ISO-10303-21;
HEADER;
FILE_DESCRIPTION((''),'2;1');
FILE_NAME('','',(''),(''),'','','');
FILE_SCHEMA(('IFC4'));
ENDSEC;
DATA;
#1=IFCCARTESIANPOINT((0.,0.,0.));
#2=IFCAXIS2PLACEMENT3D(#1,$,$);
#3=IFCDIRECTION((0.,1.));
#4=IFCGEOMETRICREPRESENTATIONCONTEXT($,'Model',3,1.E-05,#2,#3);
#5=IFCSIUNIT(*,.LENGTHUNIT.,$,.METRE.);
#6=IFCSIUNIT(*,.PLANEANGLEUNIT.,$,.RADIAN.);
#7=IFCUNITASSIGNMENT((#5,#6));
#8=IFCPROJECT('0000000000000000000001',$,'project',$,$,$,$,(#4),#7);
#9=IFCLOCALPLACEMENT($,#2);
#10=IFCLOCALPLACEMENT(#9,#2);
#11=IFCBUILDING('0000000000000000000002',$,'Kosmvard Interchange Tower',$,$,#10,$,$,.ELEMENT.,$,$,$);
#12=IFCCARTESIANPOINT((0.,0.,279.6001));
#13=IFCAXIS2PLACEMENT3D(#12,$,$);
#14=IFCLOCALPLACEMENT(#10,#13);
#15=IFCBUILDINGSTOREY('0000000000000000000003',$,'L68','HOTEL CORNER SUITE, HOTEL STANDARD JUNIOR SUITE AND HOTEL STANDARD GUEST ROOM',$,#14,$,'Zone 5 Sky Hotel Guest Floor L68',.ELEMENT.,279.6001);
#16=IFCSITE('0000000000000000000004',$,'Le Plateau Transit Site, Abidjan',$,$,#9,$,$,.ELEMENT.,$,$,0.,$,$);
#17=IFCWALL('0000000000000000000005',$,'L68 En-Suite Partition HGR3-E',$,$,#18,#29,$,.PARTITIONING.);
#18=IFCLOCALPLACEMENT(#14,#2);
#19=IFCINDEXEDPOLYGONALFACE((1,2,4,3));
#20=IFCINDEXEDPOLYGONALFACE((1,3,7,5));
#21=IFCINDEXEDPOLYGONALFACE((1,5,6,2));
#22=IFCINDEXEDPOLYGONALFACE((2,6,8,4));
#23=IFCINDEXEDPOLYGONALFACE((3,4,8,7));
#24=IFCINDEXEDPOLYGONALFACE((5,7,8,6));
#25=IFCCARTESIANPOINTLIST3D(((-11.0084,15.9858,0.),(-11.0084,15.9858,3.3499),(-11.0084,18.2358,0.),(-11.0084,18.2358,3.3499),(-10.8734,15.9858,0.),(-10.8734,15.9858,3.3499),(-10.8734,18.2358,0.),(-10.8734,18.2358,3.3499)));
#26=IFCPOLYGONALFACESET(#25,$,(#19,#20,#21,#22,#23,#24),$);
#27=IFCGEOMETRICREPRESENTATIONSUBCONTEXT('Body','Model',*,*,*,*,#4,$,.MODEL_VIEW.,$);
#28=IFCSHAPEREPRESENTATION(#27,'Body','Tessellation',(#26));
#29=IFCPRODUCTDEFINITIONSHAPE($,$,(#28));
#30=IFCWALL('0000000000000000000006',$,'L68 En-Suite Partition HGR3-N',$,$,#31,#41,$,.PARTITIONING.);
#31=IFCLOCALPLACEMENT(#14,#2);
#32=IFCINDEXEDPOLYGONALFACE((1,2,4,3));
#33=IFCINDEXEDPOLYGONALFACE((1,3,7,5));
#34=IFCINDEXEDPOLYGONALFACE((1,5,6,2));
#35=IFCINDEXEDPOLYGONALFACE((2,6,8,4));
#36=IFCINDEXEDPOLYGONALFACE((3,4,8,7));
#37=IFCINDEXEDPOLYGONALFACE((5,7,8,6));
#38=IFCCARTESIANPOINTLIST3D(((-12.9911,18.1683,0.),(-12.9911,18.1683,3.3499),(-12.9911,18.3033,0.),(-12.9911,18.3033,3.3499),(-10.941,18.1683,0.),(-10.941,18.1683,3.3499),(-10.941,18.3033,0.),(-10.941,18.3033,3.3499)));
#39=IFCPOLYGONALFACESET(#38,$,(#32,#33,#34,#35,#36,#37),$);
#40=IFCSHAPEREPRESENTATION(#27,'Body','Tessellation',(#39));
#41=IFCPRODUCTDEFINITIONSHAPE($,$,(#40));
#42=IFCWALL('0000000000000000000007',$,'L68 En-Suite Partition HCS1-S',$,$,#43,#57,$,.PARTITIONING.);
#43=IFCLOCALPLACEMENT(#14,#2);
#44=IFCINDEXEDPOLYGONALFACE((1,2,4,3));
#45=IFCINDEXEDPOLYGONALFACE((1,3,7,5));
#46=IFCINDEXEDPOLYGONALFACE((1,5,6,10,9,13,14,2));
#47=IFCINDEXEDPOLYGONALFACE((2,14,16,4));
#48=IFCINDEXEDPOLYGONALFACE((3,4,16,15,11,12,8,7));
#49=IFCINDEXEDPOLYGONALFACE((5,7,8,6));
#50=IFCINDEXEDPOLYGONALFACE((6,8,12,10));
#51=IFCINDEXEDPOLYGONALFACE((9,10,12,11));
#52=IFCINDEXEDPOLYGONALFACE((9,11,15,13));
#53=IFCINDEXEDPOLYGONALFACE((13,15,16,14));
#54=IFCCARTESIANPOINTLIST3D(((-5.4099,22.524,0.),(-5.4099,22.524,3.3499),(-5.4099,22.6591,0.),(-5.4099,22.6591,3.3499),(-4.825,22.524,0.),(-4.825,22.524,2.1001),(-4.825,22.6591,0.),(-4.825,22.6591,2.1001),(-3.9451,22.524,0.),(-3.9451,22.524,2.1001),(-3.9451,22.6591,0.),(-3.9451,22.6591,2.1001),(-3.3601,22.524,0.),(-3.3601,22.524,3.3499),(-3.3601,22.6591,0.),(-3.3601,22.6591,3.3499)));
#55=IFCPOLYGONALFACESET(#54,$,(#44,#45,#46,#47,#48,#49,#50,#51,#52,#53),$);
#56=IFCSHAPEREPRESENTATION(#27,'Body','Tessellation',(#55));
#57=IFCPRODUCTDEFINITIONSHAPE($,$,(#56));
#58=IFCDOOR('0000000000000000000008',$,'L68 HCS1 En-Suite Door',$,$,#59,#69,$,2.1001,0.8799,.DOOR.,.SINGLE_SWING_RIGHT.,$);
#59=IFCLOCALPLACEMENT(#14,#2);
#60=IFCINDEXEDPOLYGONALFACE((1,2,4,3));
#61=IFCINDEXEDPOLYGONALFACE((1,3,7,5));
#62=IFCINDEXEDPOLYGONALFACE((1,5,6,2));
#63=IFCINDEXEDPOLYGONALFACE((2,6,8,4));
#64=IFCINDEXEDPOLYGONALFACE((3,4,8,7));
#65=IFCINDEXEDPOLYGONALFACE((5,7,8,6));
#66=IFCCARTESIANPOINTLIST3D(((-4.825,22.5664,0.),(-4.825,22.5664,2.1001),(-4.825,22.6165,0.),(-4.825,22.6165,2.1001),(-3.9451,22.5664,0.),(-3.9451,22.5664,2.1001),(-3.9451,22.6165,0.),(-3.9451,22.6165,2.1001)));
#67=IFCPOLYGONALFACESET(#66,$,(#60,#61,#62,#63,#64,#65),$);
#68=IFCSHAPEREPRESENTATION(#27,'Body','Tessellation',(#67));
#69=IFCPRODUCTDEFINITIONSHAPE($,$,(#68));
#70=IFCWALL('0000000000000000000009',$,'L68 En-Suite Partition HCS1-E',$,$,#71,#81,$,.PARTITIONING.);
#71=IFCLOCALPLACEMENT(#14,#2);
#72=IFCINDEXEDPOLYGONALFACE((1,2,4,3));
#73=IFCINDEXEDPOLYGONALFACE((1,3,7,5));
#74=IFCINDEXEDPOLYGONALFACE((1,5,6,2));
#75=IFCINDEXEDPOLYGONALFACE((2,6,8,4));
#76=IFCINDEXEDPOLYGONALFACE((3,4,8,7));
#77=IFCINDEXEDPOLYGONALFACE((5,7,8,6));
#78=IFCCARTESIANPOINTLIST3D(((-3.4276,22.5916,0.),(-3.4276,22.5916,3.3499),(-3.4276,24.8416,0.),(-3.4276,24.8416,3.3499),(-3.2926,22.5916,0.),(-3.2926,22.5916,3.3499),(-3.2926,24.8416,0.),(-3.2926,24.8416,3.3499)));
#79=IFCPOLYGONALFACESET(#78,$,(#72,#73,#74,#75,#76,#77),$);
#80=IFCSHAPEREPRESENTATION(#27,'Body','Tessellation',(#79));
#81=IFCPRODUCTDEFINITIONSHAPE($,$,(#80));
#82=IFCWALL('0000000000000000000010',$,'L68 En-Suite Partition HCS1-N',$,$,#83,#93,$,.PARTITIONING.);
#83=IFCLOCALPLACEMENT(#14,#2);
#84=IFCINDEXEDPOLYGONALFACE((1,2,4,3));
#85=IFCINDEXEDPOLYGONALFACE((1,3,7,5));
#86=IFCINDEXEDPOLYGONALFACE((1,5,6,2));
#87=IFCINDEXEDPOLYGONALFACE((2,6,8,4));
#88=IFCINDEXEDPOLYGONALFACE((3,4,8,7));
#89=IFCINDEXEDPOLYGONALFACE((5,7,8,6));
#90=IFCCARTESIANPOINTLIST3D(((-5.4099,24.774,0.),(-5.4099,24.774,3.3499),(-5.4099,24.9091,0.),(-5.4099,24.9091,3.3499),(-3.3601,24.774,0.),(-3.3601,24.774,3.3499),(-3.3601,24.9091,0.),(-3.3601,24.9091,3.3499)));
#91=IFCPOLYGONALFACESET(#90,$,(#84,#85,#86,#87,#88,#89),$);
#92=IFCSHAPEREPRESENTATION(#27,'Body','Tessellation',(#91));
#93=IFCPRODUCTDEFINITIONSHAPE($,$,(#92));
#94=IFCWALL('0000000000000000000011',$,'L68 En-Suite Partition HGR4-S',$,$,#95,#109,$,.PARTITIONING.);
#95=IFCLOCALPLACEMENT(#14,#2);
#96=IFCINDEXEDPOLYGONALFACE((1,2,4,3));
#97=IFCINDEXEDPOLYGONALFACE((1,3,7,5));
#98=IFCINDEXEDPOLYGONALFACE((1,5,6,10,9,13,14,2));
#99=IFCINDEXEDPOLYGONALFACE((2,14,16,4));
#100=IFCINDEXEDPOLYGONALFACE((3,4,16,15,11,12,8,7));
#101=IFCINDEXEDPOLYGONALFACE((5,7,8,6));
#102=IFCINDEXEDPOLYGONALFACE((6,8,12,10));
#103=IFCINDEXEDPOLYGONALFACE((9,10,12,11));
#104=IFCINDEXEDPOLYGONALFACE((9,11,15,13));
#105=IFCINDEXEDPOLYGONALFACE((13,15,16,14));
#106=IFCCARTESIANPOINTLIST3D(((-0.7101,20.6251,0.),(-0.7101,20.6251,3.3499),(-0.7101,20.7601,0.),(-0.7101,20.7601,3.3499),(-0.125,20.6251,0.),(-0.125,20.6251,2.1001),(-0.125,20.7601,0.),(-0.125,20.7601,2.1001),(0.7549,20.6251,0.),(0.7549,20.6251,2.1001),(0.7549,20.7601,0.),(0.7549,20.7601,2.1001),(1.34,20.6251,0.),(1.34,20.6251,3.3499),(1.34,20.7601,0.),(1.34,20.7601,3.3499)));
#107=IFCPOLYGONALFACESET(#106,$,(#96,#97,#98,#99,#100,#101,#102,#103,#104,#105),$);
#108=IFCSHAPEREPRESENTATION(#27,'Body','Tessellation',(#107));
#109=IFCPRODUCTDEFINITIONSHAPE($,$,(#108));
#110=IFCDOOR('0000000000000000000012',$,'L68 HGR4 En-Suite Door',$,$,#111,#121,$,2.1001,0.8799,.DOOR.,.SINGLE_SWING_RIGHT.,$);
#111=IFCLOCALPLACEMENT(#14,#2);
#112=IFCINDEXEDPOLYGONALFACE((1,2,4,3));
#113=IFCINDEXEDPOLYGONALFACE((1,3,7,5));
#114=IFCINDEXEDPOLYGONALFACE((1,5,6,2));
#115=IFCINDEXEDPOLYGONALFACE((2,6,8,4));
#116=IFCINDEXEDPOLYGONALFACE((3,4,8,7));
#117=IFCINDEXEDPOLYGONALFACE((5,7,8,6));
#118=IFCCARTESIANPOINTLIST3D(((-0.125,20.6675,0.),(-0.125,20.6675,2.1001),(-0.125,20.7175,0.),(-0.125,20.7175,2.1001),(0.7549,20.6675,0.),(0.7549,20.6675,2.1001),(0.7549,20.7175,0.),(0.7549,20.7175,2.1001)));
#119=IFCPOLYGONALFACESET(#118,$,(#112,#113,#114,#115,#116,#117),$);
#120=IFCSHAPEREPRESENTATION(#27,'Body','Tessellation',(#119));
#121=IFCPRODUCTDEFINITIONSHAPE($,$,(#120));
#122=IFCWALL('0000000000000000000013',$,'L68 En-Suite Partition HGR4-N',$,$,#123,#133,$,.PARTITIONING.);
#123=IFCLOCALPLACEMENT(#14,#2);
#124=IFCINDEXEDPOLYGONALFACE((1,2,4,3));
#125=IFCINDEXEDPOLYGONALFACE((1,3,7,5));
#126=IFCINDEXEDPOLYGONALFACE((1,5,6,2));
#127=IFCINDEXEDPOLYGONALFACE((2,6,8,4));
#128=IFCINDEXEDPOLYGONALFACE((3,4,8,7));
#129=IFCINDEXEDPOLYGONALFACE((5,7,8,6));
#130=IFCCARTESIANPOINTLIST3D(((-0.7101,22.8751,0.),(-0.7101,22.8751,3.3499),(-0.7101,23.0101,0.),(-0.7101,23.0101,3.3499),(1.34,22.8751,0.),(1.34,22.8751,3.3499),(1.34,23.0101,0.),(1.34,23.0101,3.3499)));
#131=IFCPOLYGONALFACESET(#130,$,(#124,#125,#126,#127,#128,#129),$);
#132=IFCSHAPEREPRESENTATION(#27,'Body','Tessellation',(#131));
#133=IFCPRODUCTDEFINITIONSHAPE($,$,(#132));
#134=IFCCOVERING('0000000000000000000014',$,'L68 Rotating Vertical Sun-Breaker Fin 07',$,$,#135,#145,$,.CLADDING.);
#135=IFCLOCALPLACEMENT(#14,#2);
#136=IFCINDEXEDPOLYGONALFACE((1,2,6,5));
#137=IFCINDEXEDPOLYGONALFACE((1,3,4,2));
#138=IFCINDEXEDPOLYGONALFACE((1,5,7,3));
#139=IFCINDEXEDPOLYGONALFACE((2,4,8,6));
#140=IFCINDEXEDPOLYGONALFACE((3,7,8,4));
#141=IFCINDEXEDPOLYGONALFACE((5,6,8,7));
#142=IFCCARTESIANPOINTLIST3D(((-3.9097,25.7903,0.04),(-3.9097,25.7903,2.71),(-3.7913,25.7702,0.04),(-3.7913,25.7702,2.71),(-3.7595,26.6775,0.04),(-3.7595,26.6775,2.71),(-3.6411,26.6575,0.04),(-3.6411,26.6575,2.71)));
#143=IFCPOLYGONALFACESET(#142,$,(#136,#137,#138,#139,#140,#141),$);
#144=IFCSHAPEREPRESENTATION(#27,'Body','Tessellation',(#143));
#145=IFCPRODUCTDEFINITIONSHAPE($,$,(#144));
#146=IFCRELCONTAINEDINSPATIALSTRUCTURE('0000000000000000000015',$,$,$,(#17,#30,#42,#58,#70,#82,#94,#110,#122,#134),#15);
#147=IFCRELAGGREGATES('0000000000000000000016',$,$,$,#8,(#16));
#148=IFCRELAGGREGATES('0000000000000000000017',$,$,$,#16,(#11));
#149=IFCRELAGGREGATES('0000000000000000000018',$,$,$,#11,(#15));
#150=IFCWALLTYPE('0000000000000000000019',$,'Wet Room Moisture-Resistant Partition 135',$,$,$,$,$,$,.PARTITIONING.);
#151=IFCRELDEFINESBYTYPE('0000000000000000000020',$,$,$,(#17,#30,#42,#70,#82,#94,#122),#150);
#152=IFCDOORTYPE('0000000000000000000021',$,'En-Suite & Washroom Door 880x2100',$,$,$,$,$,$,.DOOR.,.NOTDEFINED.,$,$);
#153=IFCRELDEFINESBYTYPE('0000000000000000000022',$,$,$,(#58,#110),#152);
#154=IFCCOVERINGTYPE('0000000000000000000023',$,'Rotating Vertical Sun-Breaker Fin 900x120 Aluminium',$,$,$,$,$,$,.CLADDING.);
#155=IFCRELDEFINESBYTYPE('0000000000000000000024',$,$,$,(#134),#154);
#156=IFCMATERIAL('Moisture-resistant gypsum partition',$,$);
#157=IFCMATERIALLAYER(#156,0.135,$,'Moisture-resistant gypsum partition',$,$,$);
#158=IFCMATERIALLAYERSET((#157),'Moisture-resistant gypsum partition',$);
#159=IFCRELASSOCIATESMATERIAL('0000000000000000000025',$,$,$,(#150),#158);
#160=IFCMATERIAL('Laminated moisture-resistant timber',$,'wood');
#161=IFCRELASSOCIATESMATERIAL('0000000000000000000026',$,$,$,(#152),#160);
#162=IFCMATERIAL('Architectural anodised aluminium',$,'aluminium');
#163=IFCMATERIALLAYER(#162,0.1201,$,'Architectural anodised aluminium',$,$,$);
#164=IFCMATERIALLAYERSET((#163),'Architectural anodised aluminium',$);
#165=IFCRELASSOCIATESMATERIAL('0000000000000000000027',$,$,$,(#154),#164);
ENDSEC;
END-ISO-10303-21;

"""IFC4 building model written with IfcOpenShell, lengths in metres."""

from ifc_helpers import new_model, si_unit, direction, frame, frame_2d, origin, origin_2d, place, context, subcontext, project, spatial, rectangle, extrude, source, transform, mapped, material, layer, layer_set, type_object, element, fill, save


model = new_model("IFC4")

# Units and contexts
model_context = context("Model", 3, precision=1e-05, world=origin(), true_north=direction((0.0, 1.0)))
body_context = subcontext(model_context, "Body", "Model", "MODEL_VIEW")
ifc_project = project(units=[si_unit("LENGTHUNIT", "METRE"), si_unit("PLANEANGLEUNIT", "RADIAN")], contexts=[model_context])

# Site, building, storey
site_placement = place(None, origin())
site = spatial("IfcSite", under=ifc_project, at=site_placement, Name="Le Plateau Transit Site, Abidjan", CompositionType="ELEMENT", RefElevation=0.0)
building_placement = place(site_placement, origin())
building = spatial("IfcBuilding", under=site, at=building_placement, Name="Kosmvard Interchange Tower", CompositionType="ELEMENT")
storey_placement = place(building_placement, frame((0.0, 0.0, 279.6001)))
storey = spatial("IfcBuildingStorey", under=building, at=storey_placement, Name="L68", Description="HOTEL CORNER SUITE, HOTEL STANDARD JUNIOR SUITE AND HOTEL STANDARD GUEST ROOM", LongName="Zone 5 Sky Hotel Guest Floor L68", CompositionType="ELEMENT", Elevation=279.6001)

# Shared definitions
ifc_material_1 = material(Name="Moisture-resistant gypsum partition")
ifc_layer_1 = layer(ifc_material_1, 0.135, Name="Moisture-resistant gypsum partition")
ifc_layer_set_1 = layer_set([ifc_layer_1], Name="Moisture-resistant gypsum partition")
wall_type_1 = type_object("IfcWallType", Name="Wet Room Moisture-Resistant Partition 135", PredefinedType="PARTITIONING", material=ifc_layer_set_1)
ifc_material_2 = material(Name="Laminated moisture-resistant timber", Category="wood")
door_type = type_object("IfcDoorType", Name="En-Suite & Washroom Door 880x2100", OperationType="NOTDEFINED", PredefinedType="DOOR", material=ifc_material_2)
shared_shape_1 = source(origin(), body_context, "Body", "SweptSolid", [
    extrude(rectangle(XDim=0.8799, YDim=2.1001, at=frame_2d((0.4399, 1.05))), frame((0.0, 0.0249, 0.0), z_axis=(0.0, -1.0, 0.0), x_axis=(1.0, 0.0, 0.0)), (0.0, 0.0, 1.0), 0.05),
])

# Walls
wall_1_placement = place(storey_placement, frame((-10.9409, 15.9858, 0.0), z_axis=(0.0, 0.0, 1.0), x_axis=(0.0, 1.0, 0.0)))
element("IfcWall", 1, at=wall_1_placement, inside=storey, type_object=wall_type_1, Name="L68 En-Suite Partition HGR3-E", PredefinedType="PARTITIONING", context=body_context, shape_type="SweptSolid", body=[
    extrude(rectangle(XDim=2.25, YDim=0.135, at=frame_2d((1.125, 0.0))), origin(), (0.0, 0.0, 1.0), 3.3499),
])
wall_2_placement = place(storey_placement, frame((-12.991, 18.2358, 0.0), z_axis=(0.0, 0.0, 1.0), x_axis=(1.0, 0.0, 0.0)))
element("IfcWall", 2, at=wall_2_placement, inside=storey, type_object=wall_type_1, Name="L68 En-Suite Partition HGR3-N", PredefinedType="PARTITIONING", context=body_context, shape_type="SweptSolid", body=[
    extrude(rectangle(XDim=2.05, YDim=0.135, at=frame_2d((1.0249, 0.0))), origin(), (0.0, 0.0, 1.0), 3.3499),
])

# Wall, opening, door
wall_3_placement = place(storey_placement, frame((-5.4099, 22.5916, 0.0), z_axis=(0.0, 0.0, 1.0), x_axis=(1.0, 0.0, 0.0)))
wall_3 = element("IfcWall", 3, at=wall_3_placement, inside=storey, type_object=wall_type_1, Name="L68 En-Suite Partition HCS1-S", PredefinedType="PARTITIONING", context=body_context, shape_type="SweptSolid", body=[
    extrude(rectangle(XDim=2.0498, YDim=0.135, at=frame_2d((1.0249, 0.0))), origin(), (0.0, 0.0, 1.0), 3.3499),
])
opening_1_placement = place(wall_3_placement, frame((0.585, 0.0, 0.0)))
opening_1 = element("IfcOpeningElement", 4, at=opening_1_placement, cuts=wall_3, PredefinedType="OPENING", context=body_context, shape_type="SweptSolid", body=[
    extrude(rectangle(XDim=0.8799, YDim=2.1001, at=frame_2d((0.4399, 1.05))), frame((0.0, 0.0776, 0.0), z_axis=(0.0, -1.0, 0.0), x_axis=(1.0, 0.0, 0.0)), (0.0, 0.0, 1.0), 0.155),
])
door_1_placement = place(opening_1_placement, origin())
door_1 = element("IfcDoor", 5, at=door_1_placement, inside=storey, type_object=door_type, Name="L68 HCS1 En-Suite Door", OperationType="SINGLE_SWING_RIGHT", OverallHeight=2.1001, OverallWidth=0.8799, PredefinedType="DOOR", context=body_context, shape_type="MappedRepresentation", body=[
    mapped(shared_shape_1, transform((0.0, 0.0, 0.0), scale=1.0)),
])
fill(opening_1, door_1)

# Walls
wall_4_placement = place(storey_placement, frame((-3.3601, 22.5916, 0.0), z_axis=(0.0, 0.0, 1.0), x_axis=(0.0, 1.0, 0.0)))
element("IfcWall", 6, at=wall_4_placement, inside=storey, type_object=wall_type_1, Name="L68 En-Suite Partition HCS1-E", PredefinedType="PARTITIONING", context=body_context, shape_type="SweptSolid", body=[
    extrude(rectangle(XDim=2.25, YDim=0.135, at=frame_2d((1.125, 0.0))), origin(), (0.0, 0.0, 1.0), 3.3499),
])
wall_5_placement = place(storey_placement, frame((-5.4099, 24.8416, 0.0), z_axis=(0.0, 0.0, 1.0), x_axis=(1.0, 0.0, 0.0)))
element("IfcWall", 7, at=wall_5_placement, inside=storey, type_object=wall_type_1, Name="L68 En-Suite Partition HCS1-N", PredefinedType="PARTITIONING", context=body_context, shape_type="SweptSolid", body=[
    extrude(rectangle(XDim=2.0498, YDim=0.135, at=frame_2d((1.0249, 0.0))), origin(), (0.0, 0.0, 1.0), 3.3499),
])

# Wall, opening, door
wall_6_placement = place(storey_placement, frame((-0.71, 20.6926, 0.0), z_axis=(0.0, 0.0, 1.0), x_axis=(1.0, 0.0, 0.0)))
wall_6 = element("IfcWall", 8, at=wall_6_placement, inside=storey, type_object=wall_type_1, Name="L68 En-Suite Partition HGR4-S", PredefinedType="PARTITIONING", context=body_context, shape_type="SweptSolid", body=[
    extrude(rectangle(XDim=2.05, YDim=0.135, at=frame_2d((1.0249, 0.0))), origin(), (0.0, 0.0, 1.0), 3.3499),
])
opening_2_placement = place(wall_6_placement, frame((0.585, 0.0, 0.0)))
opening_2 = element("IfcOpeningElement", 9, at=opening_2_placement, cuts=wall_6, PredefinedType="OPENING", context=body_context, shape_type="SweptSolid", body=[
    extrude(rectangle(XDim=0.8799, YDim=2.1001, at=frame_2d((0.4399, 1.05))), frame((0.0, 0.0776, 0.0), z_axis=(0.0, -1.0, 0.0), x_axis=(1.0, 0.0, 0.0)), (0.0, 0.0, 1.0), 0.155),
])
door_2_placement = place(opening_2_placement, origin())
door_2 = element("IfcDoor", 10, at=door_2_placement, inside=storey, type_object=door_type, Name="L68 HGR4 En-Suite Door", OperationType="SINGLE_SWING_RIGHT", OverallHeight=2.1001, OverallWidth=0.8799, PredefinedType="DOOR", context=body_context, shape_type="MappedRepresentation", body=[
    mapped(shared_shape_1, transform((0.0, 0.0, 0.0), scale=1.0)),
])
fill(opening_2, door_2)

# Wall
wall_7_placement = place(storey_placement, frame((-0.71, 22.9426, 0.0), z_axis=(0.0, 0.0, 1.0), x_axis=(1.0, 0.0, 0.0)))
element("IfcWall", 11, at=wall_7_placement, inside=storey, type_object=wall_type_1, Name="L68 En-Suite Partition HGR4-N", PredefinedType="PARTITIONING", context=body_context, shape_type="SweptSolid", body=[
    extrude(rectangle(XDim=2.05, YDim=0.135, at=frame_2d((1.0249, 0.0))), origin(), (0.0, 0.0, 1.0), 3.3499),
])

# Covering
ifc_material_3 = material(Name="Architectural anodised aluminium", Category="aluminium")
ifc_layer_2 = layer(ifc_material_3, 0.1201, Name="Architectural anodised aluminium")
ifc_layer_set_2 = layer_set([ifc_layer_2], Name="Architectural anodised aluminium")
covering_type = type_object("IfcCoveringType", Name="Rotating Vertical Sun-Breaker Fin 900x120 Aluminium", PredefinedType="CLADDING", material=ifc_layer_set_2)
shared_shape_2 = source(origin(), body_context, "Body", "SweptSolid", [
    extrude(rectangle(XDim=0.8999, YDim=0.1201, at=origin_2d()), origin(), (0.0, 0.0, 1.0), 2.6699),
])
covering_placement = place(storey_placement, frame((-3.7754, 26.2239, 0.04), z_axis=(0.0, 0.0, 1.0), x_axis=(0.166941, 0.985967, 0.0)))
element("IfcCovering", 12, at=covering_placement, inside=storey, type_object=covering_type, Name="L68 Rotating Vertical Sun-Breaker Fin 07", PredefinedType="CLADDING", context=body_context, shape_type="MappedRepresentation", body=[
    mapped(shared_shape_2, transform((0.0, 0.0, 0.0), scale=1.0)),
])

save(model, "model.ifc")
